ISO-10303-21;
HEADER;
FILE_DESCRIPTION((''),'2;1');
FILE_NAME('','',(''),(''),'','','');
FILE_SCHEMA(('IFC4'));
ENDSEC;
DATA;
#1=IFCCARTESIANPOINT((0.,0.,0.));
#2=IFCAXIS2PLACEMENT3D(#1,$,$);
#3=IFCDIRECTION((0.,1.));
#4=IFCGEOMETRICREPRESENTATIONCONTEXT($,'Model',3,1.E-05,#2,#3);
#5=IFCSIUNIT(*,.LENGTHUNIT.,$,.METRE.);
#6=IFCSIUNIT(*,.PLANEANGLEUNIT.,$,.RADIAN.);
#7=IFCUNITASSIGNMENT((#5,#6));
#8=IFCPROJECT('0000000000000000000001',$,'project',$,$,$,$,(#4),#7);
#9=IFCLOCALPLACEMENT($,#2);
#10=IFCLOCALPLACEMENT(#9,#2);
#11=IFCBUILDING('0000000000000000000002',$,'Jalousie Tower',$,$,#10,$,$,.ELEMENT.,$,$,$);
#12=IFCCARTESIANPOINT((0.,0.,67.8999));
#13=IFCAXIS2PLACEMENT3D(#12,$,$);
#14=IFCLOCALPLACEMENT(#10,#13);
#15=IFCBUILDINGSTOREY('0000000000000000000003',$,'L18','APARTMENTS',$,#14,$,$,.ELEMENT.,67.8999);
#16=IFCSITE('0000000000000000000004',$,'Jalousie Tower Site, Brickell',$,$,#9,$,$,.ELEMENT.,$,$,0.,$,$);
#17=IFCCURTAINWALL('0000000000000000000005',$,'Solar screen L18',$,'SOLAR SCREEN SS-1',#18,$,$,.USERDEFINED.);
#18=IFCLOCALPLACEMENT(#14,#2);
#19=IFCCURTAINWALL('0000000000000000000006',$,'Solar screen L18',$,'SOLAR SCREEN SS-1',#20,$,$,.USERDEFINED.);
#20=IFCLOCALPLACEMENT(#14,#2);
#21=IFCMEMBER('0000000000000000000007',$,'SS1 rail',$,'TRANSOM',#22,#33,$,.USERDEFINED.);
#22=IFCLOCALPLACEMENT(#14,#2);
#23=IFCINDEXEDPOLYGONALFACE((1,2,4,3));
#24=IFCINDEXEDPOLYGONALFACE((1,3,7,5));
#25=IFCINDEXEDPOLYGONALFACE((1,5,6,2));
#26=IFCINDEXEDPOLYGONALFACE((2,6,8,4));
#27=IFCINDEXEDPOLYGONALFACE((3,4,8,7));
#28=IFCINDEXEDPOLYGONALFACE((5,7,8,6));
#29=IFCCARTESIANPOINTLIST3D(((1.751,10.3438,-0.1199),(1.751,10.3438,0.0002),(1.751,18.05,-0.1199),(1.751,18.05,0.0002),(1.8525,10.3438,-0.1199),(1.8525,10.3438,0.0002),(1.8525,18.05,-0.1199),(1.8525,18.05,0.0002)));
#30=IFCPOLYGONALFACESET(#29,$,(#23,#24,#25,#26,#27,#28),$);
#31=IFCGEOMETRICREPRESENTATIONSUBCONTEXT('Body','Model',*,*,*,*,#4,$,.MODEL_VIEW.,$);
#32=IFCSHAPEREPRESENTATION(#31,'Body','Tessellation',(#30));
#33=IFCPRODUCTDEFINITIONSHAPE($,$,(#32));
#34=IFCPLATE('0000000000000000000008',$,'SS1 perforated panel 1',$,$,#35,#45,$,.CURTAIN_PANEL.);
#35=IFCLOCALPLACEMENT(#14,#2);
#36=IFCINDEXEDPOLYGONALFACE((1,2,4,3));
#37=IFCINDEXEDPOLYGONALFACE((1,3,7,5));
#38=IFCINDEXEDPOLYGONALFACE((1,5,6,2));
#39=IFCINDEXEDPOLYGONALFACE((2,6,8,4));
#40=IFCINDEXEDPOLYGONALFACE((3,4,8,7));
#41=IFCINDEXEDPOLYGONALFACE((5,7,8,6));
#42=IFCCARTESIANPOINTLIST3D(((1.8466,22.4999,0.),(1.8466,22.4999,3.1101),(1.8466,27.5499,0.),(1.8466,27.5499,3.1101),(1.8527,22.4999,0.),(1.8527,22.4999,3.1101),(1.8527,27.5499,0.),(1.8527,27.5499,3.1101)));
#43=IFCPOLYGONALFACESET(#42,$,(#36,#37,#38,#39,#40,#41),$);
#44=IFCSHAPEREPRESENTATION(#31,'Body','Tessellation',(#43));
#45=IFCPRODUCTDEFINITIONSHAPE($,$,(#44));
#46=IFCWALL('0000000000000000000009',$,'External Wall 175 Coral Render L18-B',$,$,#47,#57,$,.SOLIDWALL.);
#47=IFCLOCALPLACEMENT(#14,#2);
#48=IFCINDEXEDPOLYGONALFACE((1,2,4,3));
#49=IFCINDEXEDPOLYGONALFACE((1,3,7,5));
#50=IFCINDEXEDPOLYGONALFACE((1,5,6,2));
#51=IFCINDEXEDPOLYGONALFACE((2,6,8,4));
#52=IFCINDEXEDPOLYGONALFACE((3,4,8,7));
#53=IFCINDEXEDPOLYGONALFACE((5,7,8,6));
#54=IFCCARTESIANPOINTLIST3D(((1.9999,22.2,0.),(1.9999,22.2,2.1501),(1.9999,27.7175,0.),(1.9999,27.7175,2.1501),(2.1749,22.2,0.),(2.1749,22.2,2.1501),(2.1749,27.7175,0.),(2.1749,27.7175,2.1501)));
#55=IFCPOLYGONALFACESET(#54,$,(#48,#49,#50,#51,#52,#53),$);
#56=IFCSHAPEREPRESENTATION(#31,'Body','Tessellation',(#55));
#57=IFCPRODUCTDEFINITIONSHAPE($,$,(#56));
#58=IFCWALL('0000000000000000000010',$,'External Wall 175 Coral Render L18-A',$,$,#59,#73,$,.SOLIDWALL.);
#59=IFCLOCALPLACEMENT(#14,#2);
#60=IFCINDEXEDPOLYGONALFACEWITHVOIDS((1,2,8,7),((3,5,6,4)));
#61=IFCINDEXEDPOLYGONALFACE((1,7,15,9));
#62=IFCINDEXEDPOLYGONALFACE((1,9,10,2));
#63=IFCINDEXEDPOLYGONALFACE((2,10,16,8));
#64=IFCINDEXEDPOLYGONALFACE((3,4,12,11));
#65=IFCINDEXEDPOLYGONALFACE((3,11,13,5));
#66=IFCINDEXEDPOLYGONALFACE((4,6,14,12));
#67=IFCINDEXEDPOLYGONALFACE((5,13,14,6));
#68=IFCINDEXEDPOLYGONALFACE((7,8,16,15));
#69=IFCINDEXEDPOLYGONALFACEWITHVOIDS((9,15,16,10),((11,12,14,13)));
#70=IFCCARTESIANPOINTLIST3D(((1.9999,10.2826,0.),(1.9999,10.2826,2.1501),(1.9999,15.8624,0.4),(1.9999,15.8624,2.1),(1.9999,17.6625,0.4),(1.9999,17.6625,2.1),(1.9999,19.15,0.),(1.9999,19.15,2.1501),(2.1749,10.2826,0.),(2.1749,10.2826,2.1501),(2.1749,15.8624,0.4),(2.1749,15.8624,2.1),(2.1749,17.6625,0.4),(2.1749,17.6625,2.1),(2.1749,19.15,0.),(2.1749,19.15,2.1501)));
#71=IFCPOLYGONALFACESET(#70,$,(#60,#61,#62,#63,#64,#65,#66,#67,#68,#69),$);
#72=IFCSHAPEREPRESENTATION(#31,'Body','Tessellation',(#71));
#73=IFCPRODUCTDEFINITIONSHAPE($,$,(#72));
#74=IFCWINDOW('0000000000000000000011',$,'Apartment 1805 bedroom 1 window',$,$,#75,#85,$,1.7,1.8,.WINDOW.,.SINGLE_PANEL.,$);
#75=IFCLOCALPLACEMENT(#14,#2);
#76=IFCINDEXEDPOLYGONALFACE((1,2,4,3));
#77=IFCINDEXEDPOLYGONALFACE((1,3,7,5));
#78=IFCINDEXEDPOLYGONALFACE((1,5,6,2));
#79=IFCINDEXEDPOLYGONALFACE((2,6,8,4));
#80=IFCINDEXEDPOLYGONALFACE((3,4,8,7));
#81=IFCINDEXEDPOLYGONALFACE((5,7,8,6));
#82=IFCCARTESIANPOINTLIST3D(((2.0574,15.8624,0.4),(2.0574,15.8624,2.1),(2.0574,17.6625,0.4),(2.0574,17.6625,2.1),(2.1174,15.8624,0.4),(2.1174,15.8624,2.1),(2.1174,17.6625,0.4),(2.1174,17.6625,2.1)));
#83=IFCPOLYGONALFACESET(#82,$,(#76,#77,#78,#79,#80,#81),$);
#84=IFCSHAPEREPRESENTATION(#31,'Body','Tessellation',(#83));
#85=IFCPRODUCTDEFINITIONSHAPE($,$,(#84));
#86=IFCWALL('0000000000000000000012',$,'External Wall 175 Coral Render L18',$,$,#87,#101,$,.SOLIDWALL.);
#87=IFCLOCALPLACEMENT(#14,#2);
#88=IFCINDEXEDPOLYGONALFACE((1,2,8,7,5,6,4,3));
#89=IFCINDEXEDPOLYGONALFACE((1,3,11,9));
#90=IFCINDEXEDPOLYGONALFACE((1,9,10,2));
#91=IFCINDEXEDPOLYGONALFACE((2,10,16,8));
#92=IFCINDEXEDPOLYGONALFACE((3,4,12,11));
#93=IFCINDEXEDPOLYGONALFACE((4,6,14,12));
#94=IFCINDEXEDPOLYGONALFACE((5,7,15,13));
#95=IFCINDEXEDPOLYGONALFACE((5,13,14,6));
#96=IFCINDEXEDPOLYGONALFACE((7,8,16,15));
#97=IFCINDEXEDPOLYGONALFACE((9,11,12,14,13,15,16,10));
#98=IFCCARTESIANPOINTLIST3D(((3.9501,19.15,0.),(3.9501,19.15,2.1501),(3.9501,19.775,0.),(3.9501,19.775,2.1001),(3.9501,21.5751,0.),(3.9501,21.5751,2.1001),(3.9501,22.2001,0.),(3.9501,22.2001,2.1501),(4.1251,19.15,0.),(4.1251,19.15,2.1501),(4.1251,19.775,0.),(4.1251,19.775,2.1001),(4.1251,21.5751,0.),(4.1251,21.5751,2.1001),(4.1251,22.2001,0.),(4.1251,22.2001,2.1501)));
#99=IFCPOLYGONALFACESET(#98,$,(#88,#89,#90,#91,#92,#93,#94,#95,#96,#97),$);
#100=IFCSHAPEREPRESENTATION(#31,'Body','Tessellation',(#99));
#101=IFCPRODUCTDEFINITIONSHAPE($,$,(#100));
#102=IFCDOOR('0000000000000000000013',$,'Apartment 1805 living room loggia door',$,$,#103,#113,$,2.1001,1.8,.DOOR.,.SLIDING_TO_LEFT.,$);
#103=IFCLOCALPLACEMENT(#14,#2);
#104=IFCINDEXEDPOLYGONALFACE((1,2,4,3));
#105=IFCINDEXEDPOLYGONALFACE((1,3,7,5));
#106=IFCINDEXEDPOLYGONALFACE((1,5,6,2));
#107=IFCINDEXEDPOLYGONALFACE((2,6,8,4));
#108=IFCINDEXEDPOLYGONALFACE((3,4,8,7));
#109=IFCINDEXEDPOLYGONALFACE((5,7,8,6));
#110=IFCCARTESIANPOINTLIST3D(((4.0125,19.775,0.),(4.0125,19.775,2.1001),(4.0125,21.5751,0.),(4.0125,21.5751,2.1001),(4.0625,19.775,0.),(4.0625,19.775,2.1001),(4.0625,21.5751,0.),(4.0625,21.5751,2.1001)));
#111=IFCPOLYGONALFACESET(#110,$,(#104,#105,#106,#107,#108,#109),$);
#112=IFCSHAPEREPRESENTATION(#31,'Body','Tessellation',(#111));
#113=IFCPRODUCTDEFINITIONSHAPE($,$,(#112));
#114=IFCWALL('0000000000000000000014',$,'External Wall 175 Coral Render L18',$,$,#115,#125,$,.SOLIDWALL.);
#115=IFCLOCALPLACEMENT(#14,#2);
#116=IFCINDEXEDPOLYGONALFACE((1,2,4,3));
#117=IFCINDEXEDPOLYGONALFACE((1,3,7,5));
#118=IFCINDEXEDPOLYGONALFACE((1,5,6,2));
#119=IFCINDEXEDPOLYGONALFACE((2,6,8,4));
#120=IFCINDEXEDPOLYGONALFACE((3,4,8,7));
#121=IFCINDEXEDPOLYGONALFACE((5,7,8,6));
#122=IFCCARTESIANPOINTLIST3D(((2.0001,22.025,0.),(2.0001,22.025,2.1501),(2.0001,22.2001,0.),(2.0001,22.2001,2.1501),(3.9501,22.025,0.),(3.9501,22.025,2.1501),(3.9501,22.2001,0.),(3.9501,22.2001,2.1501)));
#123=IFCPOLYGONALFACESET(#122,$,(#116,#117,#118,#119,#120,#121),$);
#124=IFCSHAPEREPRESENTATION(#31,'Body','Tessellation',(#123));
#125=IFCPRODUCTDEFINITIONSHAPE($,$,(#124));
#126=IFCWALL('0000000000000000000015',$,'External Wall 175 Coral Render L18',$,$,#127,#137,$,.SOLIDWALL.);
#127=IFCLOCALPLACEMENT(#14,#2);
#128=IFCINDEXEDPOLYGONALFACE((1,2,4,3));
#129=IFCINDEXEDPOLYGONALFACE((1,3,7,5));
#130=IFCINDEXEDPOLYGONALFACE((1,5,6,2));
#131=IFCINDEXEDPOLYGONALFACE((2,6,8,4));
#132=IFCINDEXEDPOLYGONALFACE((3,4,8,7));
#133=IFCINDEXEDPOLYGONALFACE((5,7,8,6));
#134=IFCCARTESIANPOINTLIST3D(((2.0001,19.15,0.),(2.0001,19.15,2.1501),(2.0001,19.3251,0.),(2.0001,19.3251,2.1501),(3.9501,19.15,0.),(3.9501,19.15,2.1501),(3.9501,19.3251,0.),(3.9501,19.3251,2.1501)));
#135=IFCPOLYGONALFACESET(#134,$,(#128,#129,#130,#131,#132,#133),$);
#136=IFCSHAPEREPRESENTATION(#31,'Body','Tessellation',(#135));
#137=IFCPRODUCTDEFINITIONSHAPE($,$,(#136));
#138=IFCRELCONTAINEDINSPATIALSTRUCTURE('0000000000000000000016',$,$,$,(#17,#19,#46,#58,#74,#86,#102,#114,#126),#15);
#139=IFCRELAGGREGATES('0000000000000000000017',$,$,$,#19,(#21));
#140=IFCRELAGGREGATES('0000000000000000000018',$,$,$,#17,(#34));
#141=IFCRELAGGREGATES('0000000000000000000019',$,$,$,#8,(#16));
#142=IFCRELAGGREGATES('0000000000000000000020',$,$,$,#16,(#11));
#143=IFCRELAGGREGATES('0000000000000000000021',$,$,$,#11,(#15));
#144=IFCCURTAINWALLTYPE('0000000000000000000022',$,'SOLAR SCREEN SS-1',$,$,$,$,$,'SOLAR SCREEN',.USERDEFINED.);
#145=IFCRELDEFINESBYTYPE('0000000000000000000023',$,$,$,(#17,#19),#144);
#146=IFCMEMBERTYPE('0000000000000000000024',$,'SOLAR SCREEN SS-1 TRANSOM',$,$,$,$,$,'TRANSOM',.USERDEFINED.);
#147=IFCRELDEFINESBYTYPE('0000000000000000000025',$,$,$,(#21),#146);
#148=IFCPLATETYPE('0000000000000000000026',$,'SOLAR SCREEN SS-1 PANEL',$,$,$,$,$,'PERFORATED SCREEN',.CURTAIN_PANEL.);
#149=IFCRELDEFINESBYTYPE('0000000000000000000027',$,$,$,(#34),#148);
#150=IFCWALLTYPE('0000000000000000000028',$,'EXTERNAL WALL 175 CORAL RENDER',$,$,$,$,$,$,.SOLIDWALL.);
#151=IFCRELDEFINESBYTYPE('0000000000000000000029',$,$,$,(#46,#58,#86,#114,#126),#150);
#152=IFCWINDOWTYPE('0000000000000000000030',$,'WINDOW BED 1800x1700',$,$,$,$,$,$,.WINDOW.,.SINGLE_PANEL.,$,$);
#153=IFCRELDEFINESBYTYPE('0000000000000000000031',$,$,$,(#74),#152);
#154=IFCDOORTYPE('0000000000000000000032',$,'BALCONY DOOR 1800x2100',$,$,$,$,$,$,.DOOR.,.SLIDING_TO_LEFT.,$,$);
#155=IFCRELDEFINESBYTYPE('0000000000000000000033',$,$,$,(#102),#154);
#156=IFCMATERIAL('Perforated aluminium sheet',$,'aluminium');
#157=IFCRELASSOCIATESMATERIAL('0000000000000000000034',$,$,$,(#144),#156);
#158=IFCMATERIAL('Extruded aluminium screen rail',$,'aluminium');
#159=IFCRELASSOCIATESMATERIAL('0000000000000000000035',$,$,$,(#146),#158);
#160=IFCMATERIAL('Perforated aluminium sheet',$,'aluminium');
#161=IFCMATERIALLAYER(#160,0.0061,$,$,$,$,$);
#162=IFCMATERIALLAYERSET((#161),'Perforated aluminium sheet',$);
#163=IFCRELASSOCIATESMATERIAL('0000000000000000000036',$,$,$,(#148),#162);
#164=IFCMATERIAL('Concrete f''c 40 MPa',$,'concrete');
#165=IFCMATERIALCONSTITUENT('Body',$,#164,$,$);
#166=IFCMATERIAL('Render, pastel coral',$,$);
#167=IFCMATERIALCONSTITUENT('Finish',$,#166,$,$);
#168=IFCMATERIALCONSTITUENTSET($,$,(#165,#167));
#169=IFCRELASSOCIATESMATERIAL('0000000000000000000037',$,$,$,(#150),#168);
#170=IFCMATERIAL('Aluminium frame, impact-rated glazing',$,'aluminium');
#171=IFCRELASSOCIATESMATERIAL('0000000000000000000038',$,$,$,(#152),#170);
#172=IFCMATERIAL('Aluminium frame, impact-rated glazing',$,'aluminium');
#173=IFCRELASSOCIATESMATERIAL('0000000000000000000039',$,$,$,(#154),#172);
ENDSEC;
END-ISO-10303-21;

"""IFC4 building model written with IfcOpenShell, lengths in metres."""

from ifc_helpers import new_model, si_unit, direction, frame, frame_2d, origin, origin_2d, place, context, subcontext, project, spatial, rectangle, extrude, material, layer, layer_set, constituent, constituent_set, material_profile, profile_set, type_object, element, fill, aggregate, save


model = new_model("IFC4")

# Units and contexts
model_context = context("Model", 3, precision=1e-05, world=origin(), true_north=direction((0.0, 1.0)))
body_context = subcontext(model_context, "Body", "Model", "MODEL_VIEW")
ifc_project = project(units=[si_unit("LENGTHUNIT", "METRE"), si_unit("PLANEANGLEUNIT", "RADIAN")], contexts=[model_context])

# Site, building, storey
site_placement = place(None, origin())
site = spatial("IfcSite", under=ifc_project, at=site_placement, Name="Jalousie Tower Site, Brickell", CompositionType="ELEMENT", RefElevation=0.0)
building_placement = place(site_placement, origin())
building = spatial("IfcBuilding", under=site, at=building_placement, Name="Jalousie Tower", CompositionType="ELEMENT")
storey_placement = place(building_placement, frame((0.0, 0.0, 67.8999)))
storey = spatial("IfcBuildingStorey", under=building, at=storey_placement, Name="L18", Description="APARTMENTS", CompositionType="ELEMENT", Elevation=67.8999)

# Curtain wall
ifc_material_1 = material(Name="Perforated aluminium sheet", Category="aluminium")
curtain_wall_type = type_object("IfcCurtainWallType", Name="SOLAR SCREEN SS-1", ElementType="SOLAR SCREEN", PredefinedType="USERDEFINED", material=ifc_material_1)
curtain_wall_1_placement = place(storey_placement, origin())
curtain_wall_1 = element("IfcCurtainWall", 1, at=curtain_wall_1_placement, inside=storey, type_object=curtain_wall_type, Name="Solar screen L18", ObjectType="SOLAR SCREEN SS-1", PredefinedType="USERDEFINED")

# Curtain wall
curtain_wall_2_placement = place(storey_placement, origin())
curtain_wall_2 = element("IfcCurtainWall", 2, at=curtain_wall_2_placement, inside=storey, type_object=curtain_wall_type, Name="Solar screen L18", ObjectType="SOLAR SCREEN SS-1", PredefinedType="USERDEFINED")

# Member
ifc_material_2 = material(Name="Extruded aluminium screen rail", Category="aluminium")
ifc_material_profile_1 = material_profile(ifc_material_2, rectangle(XDim=0.1016, YDim=0.1201, at=origin_2d()), Name="RAIL 102x120")
ifc_profile_set_1 = profile_set([ifc_material_profile_1], Name="Extruded aluminium screen rail")
member_type_1 = type_object("IfcMemberType", Name="SOLAR SCREEN SS-1 TRANSOM", ElementType="TRANSOM", PredefinedType="USERDEFINED", material=ifc_profile_set_1)
member_1_placement = place(storey_placement, frame((1.8018, 18.05, -0.0598), z_axis=(0.0, -1.0, 0.0), x_axis=(1.0, 0.0, 0.0)))
member_1 = element("IfcMember", 3, at=member_1_placement, type_object=member_type_1, Name="SS1 rail", ObjectType="TRANSOM", PredefinedType="USERDEFINED", context=body_context, shape_type="SweptSolid", body=[
    extrude(rectangle(XDim=0.1016, YDim=0.1201, at=origin_2d()), origin(), (0.0, 0.0, 1.0), 7.7063),
])
aggregate(curtain_wall_2, [member_1])

# Plate
ifc_material_3 = material(Name="Perforated aluminium sheet", Category="aluminium")
ifc_layer_1 = layer(ifc_material_3, 0.0061)
ifc_layer_set_1 = layer_set([ifc_layer_1], Name="Perforated aluminium sheet")
plate_type = type_object("IfcPlateType", Name="SOLAR SCREEN SS-1 PANEL", ElementType="PERFORATED SCREEN", PredefinedType="CURTAIN_PANEL", material=ifc_layer_set_1)
plate_placement = place(storey_placement, frame((1.8496, 25.0249, 0.0), z_axis=(0.0, 0.0, 1.0), x_axis=(0.0, -1.0, 0.0)))
plate = element("IfcPlate", 4, at=plate_placement, type_object=plate_type, Name="SS1 perforated panel 1", PredefinedType="CURTAIN_PANEL", context=body_context, shape_type="SweptSolid", body=[
    extrude(rectangle(XDim=5.05, YDim=0.0061, at=origin_2d()), origin(), (0.0, 0.0, 1.0), 3.1101),
])
aggregate(curtain_wall_1, [plate])

# Wall
ifc_material_4 = material(Name="Concrete f'c 40 MPa", Category="concrete")
ifc_constituent_1 = constituent(ifc_material_4, Name="Body")
ifc_material_5 = material(Name="Render, pastel coral")
ifc_constituent_2 = constituent(ifc_material_5, Name="Finish")
ifc_constituent_set_1 = constituent_set(constituents=[ifc_constituent_1, ifc_constituent_2])
wall_type_1 = type_object("IfcWallType", Name="EXTERNAL WALL 175 CORAL RENDER", PredefinedType="SOLIDWALL", material=ifc_constituent_set_1)
wall_1_placement = place(storey_placement, frame((2.0874, 27.7175, 0.0), z_axis=(0.0, 0.0, 1.0), x_axis=(0.0, -1.0, 0.0)))
element("IfcWall", 5, at=wall_1_placement, inside=storey, type_object=wall_type_1, Name="External Wall 175 Coral Render L18-B", PredefinedType="SOLIDWALL", context=body_context, shape_type="SweptSolid", body=[
    extrude(rectangle(XDim=5.5176, YDim=0.175, at=frame_2d((2.7588, 0.0))), origin(), (0.0, 0.0, 1.0), 2.1501),
])

# Wall, opening, window
wall_2_placement = place(storey_placement, frame((2.0874, 19.1499, 0.0), z_axis=(0.0, 0.0, 1.0), x_axis=(0.0, -1.0, 0.0)))
wall_2 = element("IfcWall", 6, at=wall_2_placement, inside=storey, type_object=wall_type_1, Name="External Wall 175 Coral Render L18-A", PredefinedType="SOLIDWALL", context=body_context, shape_type="SweptSolid", body=[
    extrude(rectangle(XDim=8.8674, YDim=0.175, at=frame_2d((4.4336, 0.0))), origin(), (0.0, 0.0, 1.0), 2.1501),
])
opening_1_placement = place(wall_2_placement, frame((1.4875, 0.0, 0.3999)))
opening_1 = element("IfcOpeningElement", 7, at=opening_1_placement, cuts=wall_2, PredefinedType="OPENING", context=body_context, shape_type="SweptSolid", body=[
    extrude(rectangle(XDim=1.8, YDim=1.7, at=frame_2d((0.8999, 0.8501))), frame((0.0, 0.0974, 0.0), z_axis=(0.0, -1.0, 0.0), x_axis=(1.0, 0.0, 0.0)), (0.0, 0.0, 1.0), 0.1951),
])
ifc_material_6 = material(Name="Aluminium frame, impact-rated glazing", Category="aluminium")
window_type = type_object("IfcWindowType", Name="WINDOW BED 1800x1700", PartitioningType="SINGLE_PANEL", PredefinedType="WINDOW", material=ifc_material_6)
window_placement = place(opening_1_placement, origin())
window = element("IfcWindow", 8, at=window_placement, inside=storey, type_object=window_type, Name="Apartment 1805 bedroom 1 window", OverallHeight=1.7, OverallWidth=1.8, PartitioningType="SINGLE_PANEL", PredefinedType="WINDOW", context=body_context, shape_type="SweptSolid", body=[
    extrude(rectangle(XDim=1.8, YDim=1.7, at=frame_2d((0.8999, 0.8501))), frame((0.0, 0.03, 0.0), z_axis=(0.0, -1.0, 0.0), x_axis=(1.0, 0.0, 0.0)), (0.0, 0.0, 1.0), 0.0601),
])
fill(opening_1, window)

# Wall, opening, door
wall_3_placement = place(storey_placement, frame((4.0376, 22.2, 0.0), z_axis=(0.0, 0.0, 1.0), x_axis=(0.0, -1.0, 0.0)))
wall_3 = element("IfcWall", 9, at=wall_3_placement, inside=storey, type_object=wall_type_1, Name="External Wall 175 Coral Render L18", PredefinedType="SOLIDWALL", context=body_context, shape_type="SweptSolid", body=[
    extrude(rectangle(XDim=3.05, YDim=0.175, at=frame_2d((1.5249, 0.0))), origin(), (0.0, 0.0, 1.0), 2.1501),
])
opening_2_placement = place(wall_3_placement, frame((0.625, 0.0, 0.0)))
opening_2 = element("IfcOpeningElement", 10, at=opening_2_placement, cuts=wall_3, PredefinedType="OPENING", context=body_context, shape_type="SweptSolid", body=[
    extrude(rectangle(XDim=1.8, YDim=2.1001, at=frame_2d((0.8999, 1.05))), frame((0.0, 0.0974, 0.0), z_axis=(0.0, -1.0, 0.0), x_axis=(1.0, 0.0, 0.0)), (0.0, 0.0, 1.0), 0.1951),
])
ifc_material_7 = material(Name="Aluminium frame, impact-rated glazing", Category="aluminium")
door_type_1 = type_object("IfcDoorType", Name="BALCONY DOOR 1800x2100", OperationType="SLIDING_TO_LEFT", PredefinedType="DOOR", material=ifc_material_7)
door_1_placement = place(opening_2_placement, origin())
door_1 = element("IfcDoor", 11, at=door_1_placement, inside=storey, type_object=door_type_1, Name="Apartment 1805 living room loggia door", OperationType="SLIDING_TO_LEFT", OverallHeight=2.1001, OverallWidth=1.8, PredefinedType="DOOR", context=body_context, shape_type="SweptSolid", body=[
    extrude(rectangle(XDim=1.8, YDim=2.1001, at=frame_2d((0.8999, 1.05))), frame((0.0, 0.0249, 0.0), z_axis=(0.0, -1.0, 0.0), x_axis=(1.0, 0.0, 0.0)), (0.0, 0.0, 1.0), 0.05),
])
fill(opening_2, door_1)

# Walls
for number, where, z_axis, x_axis, name in (
    (12, (2.0, 22.1125, 0.0), (0.0, 0.0, 1.0), (1.0, 0.0, 0.0), "External Wall 175 Coral Render L18"),
    (13, (2.0, 19.2375, 0.0), (0.0, 0.0, 1.0), (1.0, 0.0, 0.0), "External Wall 175 Coral Render L18"),
):
    element("IfcWall", number, at=place(storey_placement, frame(where, z_axis=z_axis, x_axis=x_axis)), inside=storey, type_object=wall_type_1, Name=name, PredefinedType="SOLIDWALL", context=body_context, shape_type="SweptSolid", body=[
        extrude(rectangle(XDim=1.95, YDim=0.175, at=frame_2d((0.9751, 0.0))), origin(), (0.0, 0.0, 1.0), 2.1501),
    ])

save(model, "model.ifc")
